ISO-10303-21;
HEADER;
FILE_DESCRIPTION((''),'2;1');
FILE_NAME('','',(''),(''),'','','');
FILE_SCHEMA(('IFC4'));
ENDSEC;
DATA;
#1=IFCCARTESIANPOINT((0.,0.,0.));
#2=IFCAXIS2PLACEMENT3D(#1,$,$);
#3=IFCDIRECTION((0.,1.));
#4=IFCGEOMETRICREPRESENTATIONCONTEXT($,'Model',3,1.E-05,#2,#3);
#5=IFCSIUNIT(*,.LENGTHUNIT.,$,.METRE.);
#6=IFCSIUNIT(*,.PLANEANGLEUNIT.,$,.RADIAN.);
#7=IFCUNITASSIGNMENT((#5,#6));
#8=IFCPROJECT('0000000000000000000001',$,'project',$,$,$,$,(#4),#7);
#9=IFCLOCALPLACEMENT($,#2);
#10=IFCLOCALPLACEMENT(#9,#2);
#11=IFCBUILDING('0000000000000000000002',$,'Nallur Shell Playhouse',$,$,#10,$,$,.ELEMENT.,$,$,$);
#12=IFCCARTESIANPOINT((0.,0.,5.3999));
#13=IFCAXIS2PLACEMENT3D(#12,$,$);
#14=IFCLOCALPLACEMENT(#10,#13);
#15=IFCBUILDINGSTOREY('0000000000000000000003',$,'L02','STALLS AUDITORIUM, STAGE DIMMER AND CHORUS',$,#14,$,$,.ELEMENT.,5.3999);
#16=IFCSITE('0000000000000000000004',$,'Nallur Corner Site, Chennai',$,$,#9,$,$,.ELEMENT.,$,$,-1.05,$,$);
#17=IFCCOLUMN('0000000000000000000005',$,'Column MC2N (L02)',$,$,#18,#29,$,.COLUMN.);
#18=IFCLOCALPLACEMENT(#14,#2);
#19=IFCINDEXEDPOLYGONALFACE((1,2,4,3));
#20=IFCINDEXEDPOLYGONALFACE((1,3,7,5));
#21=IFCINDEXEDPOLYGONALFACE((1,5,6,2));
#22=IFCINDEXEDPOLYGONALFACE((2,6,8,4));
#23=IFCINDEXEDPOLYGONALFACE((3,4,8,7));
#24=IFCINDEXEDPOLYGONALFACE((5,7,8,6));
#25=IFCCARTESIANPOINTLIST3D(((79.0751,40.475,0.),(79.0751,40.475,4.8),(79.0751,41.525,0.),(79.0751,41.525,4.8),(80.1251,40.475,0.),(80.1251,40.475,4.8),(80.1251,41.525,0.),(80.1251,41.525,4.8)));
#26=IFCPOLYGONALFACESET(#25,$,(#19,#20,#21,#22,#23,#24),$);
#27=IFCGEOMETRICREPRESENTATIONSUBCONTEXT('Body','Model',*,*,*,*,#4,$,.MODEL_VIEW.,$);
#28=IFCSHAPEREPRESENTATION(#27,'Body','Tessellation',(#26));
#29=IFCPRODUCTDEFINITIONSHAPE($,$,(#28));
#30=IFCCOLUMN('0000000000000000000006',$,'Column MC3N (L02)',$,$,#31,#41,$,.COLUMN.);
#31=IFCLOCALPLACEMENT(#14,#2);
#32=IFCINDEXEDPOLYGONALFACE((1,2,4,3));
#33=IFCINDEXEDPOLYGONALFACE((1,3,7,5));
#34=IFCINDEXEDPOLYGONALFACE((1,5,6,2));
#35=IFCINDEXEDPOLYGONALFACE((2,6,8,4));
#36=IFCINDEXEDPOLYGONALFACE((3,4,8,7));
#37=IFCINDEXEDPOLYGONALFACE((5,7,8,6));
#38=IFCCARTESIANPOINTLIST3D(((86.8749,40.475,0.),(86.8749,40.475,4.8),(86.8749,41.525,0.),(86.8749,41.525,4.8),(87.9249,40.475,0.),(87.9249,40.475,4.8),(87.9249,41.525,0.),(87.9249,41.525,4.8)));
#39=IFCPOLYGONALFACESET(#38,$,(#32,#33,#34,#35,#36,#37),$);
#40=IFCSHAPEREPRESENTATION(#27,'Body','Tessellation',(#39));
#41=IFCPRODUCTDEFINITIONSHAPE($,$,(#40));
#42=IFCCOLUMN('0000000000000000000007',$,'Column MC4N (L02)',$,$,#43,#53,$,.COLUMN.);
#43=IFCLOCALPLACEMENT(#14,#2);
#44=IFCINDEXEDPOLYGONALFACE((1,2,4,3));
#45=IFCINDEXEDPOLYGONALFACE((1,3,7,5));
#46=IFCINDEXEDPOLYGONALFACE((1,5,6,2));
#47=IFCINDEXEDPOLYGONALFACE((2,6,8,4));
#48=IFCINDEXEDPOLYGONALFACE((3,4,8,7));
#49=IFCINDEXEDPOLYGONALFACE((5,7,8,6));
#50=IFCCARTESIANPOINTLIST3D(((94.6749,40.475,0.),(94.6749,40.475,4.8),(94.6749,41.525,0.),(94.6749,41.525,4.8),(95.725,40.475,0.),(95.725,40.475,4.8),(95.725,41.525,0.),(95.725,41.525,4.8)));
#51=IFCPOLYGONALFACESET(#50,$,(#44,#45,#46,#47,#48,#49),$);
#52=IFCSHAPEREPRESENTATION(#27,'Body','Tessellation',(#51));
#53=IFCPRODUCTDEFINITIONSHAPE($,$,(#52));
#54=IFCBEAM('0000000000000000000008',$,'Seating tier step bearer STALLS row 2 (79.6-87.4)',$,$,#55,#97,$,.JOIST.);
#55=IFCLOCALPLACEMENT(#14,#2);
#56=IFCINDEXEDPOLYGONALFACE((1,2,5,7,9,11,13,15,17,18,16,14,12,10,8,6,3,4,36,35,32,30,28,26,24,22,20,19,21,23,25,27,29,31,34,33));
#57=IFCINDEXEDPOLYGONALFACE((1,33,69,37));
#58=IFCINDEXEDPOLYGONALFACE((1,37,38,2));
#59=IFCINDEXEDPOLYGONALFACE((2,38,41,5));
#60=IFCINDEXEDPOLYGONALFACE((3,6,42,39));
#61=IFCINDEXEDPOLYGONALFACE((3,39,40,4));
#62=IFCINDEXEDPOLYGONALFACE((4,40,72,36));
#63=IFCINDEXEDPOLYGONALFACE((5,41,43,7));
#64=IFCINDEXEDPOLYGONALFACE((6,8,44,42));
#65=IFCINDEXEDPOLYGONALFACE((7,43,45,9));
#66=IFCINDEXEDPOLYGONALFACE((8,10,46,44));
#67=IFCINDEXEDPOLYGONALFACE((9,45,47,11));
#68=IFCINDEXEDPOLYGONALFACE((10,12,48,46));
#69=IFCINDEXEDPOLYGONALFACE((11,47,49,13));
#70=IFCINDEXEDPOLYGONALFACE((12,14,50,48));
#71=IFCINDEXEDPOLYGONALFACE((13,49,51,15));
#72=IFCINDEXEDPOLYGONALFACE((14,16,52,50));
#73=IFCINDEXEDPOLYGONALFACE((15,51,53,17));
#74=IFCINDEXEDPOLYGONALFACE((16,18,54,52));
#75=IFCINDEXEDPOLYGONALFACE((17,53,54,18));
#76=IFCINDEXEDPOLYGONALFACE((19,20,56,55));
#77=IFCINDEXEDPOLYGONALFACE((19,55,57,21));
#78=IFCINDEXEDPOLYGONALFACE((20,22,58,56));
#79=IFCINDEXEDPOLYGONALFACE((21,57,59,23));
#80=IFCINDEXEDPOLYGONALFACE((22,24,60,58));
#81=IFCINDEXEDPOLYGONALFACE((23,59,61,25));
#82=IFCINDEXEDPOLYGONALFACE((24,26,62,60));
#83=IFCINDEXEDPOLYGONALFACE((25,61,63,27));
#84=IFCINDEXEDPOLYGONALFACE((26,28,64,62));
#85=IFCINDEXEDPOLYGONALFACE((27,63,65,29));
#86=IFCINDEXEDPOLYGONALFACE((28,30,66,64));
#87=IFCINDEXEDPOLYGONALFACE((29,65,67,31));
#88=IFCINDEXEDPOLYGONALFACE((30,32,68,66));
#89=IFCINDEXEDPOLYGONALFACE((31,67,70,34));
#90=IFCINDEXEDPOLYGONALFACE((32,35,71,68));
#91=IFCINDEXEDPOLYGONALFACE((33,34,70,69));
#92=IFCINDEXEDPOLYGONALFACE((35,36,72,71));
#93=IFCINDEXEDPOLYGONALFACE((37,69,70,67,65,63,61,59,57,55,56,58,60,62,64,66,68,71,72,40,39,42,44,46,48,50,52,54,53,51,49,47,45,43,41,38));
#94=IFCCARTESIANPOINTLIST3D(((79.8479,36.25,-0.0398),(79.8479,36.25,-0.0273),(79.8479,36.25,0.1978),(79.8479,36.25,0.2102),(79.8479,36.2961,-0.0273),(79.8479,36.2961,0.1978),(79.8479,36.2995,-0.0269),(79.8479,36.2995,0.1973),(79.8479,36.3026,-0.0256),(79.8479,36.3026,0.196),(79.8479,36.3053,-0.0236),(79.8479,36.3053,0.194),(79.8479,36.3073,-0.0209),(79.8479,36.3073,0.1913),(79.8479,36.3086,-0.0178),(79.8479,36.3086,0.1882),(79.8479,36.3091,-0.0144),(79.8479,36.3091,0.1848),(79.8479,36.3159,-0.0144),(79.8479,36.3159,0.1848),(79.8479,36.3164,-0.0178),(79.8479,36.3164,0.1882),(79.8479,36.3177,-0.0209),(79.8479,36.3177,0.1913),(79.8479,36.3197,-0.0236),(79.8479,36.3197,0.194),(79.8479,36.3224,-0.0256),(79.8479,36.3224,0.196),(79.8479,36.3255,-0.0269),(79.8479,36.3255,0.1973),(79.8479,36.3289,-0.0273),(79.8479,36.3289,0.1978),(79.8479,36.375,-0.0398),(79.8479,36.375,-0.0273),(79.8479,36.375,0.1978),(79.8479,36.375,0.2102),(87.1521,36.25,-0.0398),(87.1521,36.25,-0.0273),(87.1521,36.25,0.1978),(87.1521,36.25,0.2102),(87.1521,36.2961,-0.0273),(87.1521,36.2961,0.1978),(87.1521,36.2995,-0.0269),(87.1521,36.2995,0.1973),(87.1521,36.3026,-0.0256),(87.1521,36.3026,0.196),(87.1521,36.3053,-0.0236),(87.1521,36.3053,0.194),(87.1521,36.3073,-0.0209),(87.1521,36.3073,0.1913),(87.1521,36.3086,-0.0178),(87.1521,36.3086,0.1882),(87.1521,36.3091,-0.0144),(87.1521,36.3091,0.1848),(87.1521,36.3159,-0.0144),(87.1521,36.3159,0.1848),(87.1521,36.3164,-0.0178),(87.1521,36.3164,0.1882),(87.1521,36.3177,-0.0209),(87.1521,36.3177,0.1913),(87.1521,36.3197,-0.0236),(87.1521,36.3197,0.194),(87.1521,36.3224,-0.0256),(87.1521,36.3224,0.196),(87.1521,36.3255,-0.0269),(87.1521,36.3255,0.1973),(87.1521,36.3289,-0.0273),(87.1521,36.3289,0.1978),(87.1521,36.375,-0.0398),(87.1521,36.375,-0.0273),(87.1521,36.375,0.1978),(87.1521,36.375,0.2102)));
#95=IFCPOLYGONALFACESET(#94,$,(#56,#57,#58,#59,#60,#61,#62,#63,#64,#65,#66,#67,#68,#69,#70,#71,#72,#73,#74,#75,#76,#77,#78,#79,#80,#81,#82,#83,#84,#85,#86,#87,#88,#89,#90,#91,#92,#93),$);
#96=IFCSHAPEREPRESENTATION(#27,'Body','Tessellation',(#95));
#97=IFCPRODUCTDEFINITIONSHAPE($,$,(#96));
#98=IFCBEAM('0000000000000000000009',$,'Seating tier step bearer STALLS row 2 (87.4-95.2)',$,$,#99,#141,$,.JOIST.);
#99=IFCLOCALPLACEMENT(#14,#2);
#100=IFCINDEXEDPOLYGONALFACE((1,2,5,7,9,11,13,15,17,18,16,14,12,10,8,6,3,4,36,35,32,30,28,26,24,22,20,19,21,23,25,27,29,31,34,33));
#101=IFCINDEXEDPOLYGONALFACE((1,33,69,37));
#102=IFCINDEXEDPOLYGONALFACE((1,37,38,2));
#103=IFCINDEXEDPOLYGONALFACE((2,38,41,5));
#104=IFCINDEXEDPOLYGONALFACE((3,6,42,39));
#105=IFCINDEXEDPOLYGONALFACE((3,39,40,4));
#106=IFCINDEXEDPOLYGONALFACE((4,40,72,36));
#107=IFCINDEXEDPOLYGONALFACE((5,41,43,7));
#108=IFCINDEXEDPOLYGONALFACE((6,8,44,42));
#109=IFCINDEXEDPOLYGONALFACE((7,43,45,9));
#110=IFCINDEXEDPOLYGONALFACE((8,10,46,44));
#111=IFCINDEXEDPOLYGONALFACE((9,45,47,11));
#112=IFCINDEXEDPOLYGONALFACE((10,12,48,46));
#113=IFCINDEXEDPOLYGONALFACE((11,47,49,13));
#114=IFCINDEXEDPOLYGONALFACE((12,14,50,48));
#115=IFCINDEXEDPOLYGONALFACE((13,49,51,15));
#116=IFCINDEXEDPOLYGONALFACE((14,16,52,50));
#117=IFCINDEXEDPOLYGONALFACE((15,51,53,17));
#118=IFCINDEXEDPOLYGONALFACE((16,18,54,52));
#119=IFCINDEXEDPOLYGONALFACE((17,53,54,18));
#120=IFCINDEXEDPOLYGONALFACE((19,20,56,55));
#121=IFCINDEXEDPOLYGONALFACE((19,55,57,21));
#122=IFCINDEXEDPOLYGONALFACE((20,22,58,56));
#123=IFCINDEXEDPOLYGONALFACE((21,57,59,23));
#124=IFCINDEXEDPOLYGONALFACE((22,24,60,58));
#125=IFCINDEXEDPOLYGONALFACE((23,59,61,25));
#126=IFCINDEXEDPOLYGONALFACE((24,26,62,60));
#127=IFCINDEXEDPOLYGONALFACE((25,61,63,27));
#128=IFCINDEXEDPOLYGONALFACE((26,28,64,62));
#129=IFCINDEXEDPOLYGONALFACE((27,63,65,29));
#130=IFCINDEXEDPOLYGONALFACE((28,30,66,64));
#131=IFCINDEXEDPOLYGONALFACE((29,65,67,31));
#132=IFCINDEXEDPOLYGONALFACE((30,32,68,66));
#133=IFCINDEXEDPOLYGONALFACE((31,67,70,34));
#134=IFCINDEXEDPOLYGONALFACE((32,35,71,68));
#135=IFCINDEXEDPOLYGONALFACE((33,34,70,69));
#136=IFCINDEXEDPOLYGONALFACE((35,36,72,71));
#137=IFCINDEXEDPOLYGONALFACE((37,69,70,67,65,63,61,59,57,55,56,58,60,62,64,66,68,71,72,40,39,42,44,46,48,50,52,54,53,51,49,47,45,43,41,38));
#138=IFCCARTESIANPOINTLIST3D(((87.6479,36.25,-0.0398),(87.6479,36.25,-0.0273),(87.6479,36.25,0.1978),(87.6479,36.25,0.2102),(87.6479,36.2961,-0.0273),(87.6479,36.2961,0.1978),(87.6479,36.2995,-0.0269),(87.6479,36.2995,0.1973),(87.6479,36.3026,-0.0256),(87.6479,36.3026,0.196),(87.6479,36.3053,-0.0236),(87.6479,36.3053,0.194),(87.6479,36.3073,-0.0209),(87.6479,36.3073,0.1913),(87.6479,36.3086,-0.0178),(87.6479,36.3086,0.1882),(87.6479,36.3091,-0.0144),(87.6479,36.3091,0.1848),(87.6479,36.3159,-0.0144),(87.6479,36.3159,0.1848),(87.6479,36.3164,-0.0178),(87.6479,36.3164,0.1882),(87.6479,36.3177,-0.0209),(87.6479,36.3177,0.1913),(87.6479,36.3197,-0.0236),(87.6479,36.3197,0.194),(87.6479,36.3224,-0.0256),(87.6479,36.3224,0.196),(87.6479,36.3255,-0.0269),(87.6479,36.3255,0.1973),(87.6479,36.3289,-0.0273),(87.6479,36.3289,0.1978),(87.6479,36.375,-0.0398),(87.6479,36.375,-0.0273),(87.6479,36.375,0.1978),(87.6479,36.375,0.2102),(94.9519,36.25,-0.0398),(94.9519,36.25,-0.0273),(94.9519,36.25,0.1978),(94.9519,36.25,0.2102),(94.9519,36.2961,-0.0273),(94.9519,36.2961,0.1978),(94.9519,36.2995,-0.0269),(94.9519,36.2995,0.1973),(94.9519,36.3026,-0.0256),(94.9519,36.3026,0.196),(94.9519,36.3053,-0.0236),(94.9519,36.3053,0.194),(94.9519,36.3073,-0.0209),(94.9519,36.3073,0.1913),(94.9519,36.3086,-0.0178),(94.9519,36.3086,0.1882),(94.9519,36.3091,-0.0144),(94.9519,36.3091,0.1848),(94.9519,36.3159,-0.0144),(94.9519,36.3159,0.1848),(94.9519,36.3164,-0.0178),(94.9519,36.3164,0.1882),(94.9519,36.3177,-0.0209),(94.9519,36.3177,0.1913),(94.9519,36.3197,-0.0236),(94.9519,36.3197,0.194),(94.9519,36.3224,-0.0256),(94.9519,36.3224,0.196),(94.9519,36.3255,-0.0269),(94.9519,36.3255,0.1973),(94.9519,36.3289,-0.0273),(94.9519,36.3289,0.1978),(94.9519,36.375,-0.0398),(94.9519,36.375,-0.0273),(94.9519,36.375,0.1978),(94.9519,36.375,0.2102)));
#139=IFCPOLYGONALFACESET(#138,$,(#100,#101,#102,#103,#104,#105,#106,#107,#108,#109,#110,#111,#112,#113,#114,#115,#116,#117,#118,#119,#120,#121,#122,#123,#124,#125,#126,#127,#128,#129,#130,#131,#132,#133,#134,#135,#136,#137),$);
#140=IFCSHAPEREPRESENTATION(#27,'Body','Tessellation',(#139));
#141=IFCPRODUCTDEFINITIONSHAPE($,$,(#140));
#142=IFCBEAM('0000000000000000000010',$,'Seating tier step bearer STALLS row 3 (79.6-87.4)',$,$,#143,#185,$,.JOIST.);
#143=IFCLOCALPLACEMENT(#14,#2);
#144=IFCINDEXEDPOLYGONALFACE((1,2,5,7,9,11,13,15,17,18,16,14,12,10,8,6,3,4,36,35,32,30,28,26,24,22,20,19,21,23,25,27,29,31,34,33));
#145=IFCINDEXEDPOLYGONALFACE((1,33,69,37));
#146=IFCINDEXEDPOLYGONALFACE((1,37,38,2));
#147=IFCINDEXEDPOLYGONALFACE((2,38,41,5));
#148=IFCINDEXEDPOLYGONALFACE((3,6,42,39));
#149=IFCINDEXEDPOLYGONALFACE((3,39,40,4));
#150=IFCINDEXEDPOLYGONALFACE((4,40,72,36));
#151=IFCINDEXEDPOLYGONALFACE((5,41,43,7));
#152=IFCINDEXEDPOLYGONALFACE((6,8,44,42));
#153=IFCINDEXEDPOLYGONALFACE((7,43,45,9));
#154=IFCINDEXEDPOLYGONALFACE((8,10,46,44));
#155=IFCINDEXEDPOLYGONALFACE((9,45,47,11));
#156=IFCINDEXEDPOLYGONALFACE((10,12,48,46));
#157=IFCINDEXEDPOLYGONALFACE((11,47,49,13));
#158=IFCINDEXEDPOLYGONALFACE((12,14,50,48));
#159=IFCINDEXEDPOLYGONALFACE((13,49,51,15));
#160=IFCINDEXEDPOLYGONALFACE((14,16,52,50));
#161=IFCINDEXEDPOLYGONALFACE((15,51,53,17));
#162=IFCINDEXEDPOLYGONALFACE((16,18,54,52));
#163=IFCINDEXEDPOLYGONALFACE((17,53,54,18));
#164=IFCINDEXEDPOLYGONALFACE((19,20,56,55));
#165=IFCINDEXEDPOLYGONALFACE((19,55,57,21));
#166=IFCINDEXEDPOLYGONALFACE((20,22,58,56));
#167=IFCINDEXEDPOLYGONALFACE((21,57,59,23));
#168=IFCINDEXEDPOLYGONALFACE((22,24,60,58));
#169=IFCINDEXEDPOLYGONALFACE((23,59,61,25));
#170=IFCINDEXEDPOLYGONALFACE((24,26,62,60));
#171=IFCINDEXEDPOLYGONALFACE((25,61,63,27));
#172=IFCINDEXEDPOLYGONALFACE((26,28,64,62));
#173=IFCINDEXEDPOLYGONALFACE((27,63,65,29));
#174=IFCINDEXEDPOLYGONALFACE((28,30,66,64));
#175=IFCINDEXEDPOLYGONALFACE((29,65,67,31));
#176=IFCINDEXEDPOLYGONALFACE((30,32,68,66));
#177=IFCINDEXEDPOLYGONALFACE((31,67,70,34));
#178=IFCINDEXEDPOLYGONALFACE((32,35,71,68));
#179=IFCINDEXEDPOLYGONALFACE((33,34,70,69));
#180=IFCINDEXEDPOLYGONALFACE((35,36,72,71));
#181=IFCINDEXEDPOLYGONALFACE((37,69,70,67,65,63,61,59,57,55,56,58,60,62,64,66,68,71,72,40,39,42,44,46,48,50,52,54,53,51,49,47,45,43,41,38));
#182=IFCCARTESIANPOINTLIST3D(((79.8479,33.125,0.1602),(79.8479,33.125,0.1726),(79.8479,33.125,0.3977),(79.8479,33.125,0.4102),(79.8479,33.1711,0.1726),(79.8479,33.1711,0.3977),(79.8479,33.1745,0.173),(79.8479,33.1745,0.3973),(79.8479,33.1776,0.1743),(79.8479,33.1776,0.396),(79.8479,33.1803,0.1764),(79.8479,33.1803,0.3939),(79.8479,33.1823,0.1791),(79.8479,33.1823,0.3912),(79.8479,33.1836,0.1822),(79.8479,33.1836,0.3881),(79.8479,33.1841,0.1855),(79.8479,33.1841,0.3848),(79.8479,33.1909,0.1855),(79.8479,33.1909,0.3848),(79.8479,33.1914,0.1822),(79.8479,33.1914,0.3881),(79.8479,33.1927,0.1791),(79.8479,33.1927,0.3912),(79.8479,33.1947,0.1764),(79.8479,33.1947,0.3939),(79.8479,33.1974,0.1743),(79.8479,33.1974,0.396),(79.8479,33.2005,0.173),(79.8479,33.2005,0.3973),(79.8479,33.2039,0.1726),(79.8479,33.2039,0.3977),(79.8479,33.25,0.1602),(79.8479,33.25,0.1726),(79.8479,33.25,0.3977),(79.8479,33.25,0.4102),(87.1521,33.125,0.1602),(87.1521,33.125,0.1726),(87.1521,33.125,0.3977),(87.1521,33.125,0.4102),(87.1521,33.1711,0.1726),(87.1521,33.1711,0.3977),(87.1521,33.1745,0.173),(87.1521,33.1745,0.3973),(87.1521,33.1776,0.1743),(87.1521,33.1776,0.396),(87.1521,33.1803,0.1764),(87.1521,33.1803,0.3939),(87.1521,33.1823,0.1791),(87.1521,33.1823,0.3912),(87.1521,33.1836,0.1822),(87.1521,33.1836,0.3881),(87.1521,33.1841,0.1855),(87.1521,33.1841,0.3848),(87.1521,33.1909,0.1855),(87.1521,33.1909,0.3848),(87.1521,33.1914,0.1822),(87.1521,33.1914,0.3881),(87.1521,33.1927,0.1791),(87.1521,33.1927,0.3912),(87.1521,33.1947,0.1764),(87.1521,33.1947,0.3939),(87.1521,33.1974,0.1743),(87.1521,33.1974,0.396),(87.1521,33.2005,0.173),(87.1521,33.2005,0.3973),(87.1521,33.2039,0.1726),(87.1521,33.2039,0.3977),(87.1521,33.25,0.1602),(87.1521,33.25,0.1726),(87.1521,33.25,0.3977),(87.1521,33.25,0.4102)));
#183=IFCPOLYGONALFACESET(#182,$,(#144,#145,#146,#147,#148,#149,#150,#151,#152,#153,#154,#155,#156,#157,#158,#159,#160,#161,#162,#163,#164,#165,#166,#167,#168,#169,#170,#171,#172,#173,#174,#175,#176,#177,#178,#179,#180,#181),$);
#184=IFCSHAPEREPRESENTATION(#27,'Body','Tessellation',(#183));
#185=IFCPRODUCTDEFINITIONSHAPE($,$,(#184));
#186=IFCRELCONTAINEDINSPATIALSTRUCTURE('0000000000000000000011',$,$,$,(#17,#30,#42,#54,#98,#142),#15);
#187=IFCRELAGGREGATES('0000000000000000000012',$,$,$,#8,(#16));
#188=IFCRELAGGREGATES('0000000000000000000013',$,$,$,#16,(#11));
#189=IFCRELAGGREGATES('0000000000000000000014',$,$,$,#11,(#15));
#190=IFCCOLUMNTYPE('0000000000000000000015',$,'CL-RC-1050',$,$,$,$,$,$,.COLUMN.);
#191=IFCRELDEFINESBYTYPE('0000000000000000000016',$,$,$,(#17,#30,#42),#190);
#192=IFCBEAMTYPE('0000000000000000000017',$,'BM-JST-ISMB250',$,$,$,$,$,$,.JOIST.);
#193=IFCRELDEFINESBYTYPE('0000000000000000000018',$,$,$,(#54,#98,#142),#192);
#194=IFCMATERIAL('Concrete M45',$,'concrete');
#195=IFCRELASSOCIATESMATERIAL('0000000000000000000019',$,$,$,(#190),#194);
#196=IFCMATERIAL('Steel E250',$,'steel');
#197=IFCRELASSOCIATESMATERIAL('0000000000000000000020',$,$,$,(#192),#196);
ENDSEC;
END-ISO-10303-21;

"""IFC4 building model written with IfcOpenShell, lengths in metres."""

from ifc_helpers import new_model, si_unit, direction, frame, origin, origin_2d, place, context, subcontext, project, spatial, rectangle, i_section, extrude, material, material_profile, profile_set, type_object, element, save


model = new_model("IFC4")

# Units and contexts
model_context = context("Model", 3, precision=1e-05, world=origin(), true_north=direction((0.0, 1.0)))
body_context = subcontext(model_context, "Body", "Model", "MODEL_VIEW")
ifc_project = project(units=[si_unit("LENGTHUNIT", "METRE"), si_unit("PLANEANGLEUNIT", "RADIAN")], contexts=[model_context])

# Site, building, storey
site_placement = place(None, origin())
site = spatial("IfcSite", under=ifc_project, at=site_placement, Name="Nallur Corner Site, Chennai", CompositionType="ELEMENT", RefElevation=-1.05)
building_placement = place(site_placement, origin())
building = spatial("IfcBuilding", under=site, at=building_placement, Name="Nallur Shell Playhouse", CompositionType="ELEMENT")
storey_placement = place(building_placement, frame((0.0, 0.0, 5.3999)))
storey = spatial("IfcBuildingStorey", under=building, at=storey_placement, Name="L02", Description="STALLS AUDITORIUM, STAGE DIMMER AND CHORUS", CompositionType="ELEMENT", Elevation=5.3999)

# Columns
ifc_material_1 = material(Name="Concrete M45", Category="concrete")
ifc_material_profile_1 = material_profile(ifc_material_1, rectangle(XDim=1.05, YDim=1.05, at=origin_2d()), Name="RC 1050x1050")
ifc_profile_set_1 = profile_set([ifc_material_profile_1], Name="Concrete M45")
column_type = type_object("IfcColumnType", Name="CL-RC-1050", PredefinedType="COLUMN", material=ifc_profile_set_1)
for number, where, z_axis, x_axis, name in (
    (1, (79.6001, 41.0, 0.0), (0.0, 0.0, 1.0), (1.0, 0.0, 0.0), "Column MC2N (L02)"),
    (2, (87.3999, 41.0, 0.0), (0.0, 0.0, 1.0), (1.0, 0.0, 0.0), "Column MC3N (L02)"),
    (3, (95.2, 41.0, 0.0), (0.0, 0.0, 1.0), (1.0, 0.0, 0.0), "Column MC4N (L02)"),
):
    element("IfcColumn", number, at=place(storey_placement, frame(where, z_axis=z_axis, x_axis=x_axis)), inside=storey, type_object=column_type, Name=name, PredefinedType="COLUMN", context=body_context, shape_type="SweptSolid", body=[
        extrude(rectangle(XDim=1.05, YDim=1.05, at=origin_2d()), origin(), (0.0, 0.0, 1.0), 4.8),
    ])

# Beams
ifc_material_2 = material(Name="Steel E250", Category="steel")
ifc_material_profile_2 = material_profile(ifc_material_2, i_section(OverallWidth=0.125, OverallDepth=0.25, WebThickness=0.0068, FlangeThickness=0.0125, FilletRadius=0.0129, at=origin_2d()), Name="ISMB 250")
ifc_profile_set_2 = profile_set([ifc_material_profile_2], Name="Steel E250")
beam_type_1 = type_object("IfcBeamType", Name="BM-JST-ISMB250", PredefinedType="JOIST", material=ifc_profile_set_2)
beam_1_placement = place(storey_placement, frame((79.8479, 36.3125, 0.0852), z_axis=(1.0, 0.0, 0.0), x_axis=(0.0, 1.0, 0.0)))
element("IfcBeam", 4, at=beam_1_placement, inside=storey, type_object=beam_type_1, Name="Seating tier step bearer STALLS row 2 (79.6-87.4)", PredefinedType="JOIST", context=body_context, shape_type="SweptSolid", body=[
    extrude(i_section(OverallWidth=0.125, OverallDepth=0.25, WebThickness=0.0068, FlangeThickness=0.0125, FilletRadius=0.0129, at=origin_2d()), origin(), (0.0, 0.0, 1.0), 7.3042),
])
beam_2_placement = place(storey_placement, frame((87.6479, 36.3125, 0.0852), z_axis=(1.0, 0.0, 0.0), x_axis=(0.0, 1.0, 0.0)))
element("IfcBeam", 5, at=beam_2_placement, inside=storey, type_object=beam_type_1, Name="Seating tier step bearer STALLS row 2 (87.4-95.2)", PredefinedType="JOIST", context=body_context, shape_type="SweptSolid", body=[
    extrude(i_section(OverallWidth=0.125, OverallDepth=0.25, WebThickness=0.0068, FlangeThickness=0.0125, FilletRadius=0.0129, at=origin_2d()), origin(), (0.0, 0.0, 1.0), 7.304),
])
beam_3_placement = place(storey_placement, frame((79.8479, 33.1875, 0.2852), z_axis=(1.0, 0.0, 0.0), x_axis=(0.0, 1.0, 0.0)))
element("IfcBeam", 6, at=beam_3_placement, inside=storey, type_object=beam_type_1, Name="Seating tier step bearer STALLS row 3 (79.6-87.4)", PredefinedType="JOIST", context=body_context, shape_type="SweptSolid", body=[
    extrude(i_section(OverallWidth=0.125, OverallDepth=0.25, WebThickness=0.0068, FlangeThickness=0.0125, FilletRadius=0.0129, at=origin_2d()), origin(), (0.0, 0.0, 1.0), 7.3042),
])

save(model, "model.ifc")
